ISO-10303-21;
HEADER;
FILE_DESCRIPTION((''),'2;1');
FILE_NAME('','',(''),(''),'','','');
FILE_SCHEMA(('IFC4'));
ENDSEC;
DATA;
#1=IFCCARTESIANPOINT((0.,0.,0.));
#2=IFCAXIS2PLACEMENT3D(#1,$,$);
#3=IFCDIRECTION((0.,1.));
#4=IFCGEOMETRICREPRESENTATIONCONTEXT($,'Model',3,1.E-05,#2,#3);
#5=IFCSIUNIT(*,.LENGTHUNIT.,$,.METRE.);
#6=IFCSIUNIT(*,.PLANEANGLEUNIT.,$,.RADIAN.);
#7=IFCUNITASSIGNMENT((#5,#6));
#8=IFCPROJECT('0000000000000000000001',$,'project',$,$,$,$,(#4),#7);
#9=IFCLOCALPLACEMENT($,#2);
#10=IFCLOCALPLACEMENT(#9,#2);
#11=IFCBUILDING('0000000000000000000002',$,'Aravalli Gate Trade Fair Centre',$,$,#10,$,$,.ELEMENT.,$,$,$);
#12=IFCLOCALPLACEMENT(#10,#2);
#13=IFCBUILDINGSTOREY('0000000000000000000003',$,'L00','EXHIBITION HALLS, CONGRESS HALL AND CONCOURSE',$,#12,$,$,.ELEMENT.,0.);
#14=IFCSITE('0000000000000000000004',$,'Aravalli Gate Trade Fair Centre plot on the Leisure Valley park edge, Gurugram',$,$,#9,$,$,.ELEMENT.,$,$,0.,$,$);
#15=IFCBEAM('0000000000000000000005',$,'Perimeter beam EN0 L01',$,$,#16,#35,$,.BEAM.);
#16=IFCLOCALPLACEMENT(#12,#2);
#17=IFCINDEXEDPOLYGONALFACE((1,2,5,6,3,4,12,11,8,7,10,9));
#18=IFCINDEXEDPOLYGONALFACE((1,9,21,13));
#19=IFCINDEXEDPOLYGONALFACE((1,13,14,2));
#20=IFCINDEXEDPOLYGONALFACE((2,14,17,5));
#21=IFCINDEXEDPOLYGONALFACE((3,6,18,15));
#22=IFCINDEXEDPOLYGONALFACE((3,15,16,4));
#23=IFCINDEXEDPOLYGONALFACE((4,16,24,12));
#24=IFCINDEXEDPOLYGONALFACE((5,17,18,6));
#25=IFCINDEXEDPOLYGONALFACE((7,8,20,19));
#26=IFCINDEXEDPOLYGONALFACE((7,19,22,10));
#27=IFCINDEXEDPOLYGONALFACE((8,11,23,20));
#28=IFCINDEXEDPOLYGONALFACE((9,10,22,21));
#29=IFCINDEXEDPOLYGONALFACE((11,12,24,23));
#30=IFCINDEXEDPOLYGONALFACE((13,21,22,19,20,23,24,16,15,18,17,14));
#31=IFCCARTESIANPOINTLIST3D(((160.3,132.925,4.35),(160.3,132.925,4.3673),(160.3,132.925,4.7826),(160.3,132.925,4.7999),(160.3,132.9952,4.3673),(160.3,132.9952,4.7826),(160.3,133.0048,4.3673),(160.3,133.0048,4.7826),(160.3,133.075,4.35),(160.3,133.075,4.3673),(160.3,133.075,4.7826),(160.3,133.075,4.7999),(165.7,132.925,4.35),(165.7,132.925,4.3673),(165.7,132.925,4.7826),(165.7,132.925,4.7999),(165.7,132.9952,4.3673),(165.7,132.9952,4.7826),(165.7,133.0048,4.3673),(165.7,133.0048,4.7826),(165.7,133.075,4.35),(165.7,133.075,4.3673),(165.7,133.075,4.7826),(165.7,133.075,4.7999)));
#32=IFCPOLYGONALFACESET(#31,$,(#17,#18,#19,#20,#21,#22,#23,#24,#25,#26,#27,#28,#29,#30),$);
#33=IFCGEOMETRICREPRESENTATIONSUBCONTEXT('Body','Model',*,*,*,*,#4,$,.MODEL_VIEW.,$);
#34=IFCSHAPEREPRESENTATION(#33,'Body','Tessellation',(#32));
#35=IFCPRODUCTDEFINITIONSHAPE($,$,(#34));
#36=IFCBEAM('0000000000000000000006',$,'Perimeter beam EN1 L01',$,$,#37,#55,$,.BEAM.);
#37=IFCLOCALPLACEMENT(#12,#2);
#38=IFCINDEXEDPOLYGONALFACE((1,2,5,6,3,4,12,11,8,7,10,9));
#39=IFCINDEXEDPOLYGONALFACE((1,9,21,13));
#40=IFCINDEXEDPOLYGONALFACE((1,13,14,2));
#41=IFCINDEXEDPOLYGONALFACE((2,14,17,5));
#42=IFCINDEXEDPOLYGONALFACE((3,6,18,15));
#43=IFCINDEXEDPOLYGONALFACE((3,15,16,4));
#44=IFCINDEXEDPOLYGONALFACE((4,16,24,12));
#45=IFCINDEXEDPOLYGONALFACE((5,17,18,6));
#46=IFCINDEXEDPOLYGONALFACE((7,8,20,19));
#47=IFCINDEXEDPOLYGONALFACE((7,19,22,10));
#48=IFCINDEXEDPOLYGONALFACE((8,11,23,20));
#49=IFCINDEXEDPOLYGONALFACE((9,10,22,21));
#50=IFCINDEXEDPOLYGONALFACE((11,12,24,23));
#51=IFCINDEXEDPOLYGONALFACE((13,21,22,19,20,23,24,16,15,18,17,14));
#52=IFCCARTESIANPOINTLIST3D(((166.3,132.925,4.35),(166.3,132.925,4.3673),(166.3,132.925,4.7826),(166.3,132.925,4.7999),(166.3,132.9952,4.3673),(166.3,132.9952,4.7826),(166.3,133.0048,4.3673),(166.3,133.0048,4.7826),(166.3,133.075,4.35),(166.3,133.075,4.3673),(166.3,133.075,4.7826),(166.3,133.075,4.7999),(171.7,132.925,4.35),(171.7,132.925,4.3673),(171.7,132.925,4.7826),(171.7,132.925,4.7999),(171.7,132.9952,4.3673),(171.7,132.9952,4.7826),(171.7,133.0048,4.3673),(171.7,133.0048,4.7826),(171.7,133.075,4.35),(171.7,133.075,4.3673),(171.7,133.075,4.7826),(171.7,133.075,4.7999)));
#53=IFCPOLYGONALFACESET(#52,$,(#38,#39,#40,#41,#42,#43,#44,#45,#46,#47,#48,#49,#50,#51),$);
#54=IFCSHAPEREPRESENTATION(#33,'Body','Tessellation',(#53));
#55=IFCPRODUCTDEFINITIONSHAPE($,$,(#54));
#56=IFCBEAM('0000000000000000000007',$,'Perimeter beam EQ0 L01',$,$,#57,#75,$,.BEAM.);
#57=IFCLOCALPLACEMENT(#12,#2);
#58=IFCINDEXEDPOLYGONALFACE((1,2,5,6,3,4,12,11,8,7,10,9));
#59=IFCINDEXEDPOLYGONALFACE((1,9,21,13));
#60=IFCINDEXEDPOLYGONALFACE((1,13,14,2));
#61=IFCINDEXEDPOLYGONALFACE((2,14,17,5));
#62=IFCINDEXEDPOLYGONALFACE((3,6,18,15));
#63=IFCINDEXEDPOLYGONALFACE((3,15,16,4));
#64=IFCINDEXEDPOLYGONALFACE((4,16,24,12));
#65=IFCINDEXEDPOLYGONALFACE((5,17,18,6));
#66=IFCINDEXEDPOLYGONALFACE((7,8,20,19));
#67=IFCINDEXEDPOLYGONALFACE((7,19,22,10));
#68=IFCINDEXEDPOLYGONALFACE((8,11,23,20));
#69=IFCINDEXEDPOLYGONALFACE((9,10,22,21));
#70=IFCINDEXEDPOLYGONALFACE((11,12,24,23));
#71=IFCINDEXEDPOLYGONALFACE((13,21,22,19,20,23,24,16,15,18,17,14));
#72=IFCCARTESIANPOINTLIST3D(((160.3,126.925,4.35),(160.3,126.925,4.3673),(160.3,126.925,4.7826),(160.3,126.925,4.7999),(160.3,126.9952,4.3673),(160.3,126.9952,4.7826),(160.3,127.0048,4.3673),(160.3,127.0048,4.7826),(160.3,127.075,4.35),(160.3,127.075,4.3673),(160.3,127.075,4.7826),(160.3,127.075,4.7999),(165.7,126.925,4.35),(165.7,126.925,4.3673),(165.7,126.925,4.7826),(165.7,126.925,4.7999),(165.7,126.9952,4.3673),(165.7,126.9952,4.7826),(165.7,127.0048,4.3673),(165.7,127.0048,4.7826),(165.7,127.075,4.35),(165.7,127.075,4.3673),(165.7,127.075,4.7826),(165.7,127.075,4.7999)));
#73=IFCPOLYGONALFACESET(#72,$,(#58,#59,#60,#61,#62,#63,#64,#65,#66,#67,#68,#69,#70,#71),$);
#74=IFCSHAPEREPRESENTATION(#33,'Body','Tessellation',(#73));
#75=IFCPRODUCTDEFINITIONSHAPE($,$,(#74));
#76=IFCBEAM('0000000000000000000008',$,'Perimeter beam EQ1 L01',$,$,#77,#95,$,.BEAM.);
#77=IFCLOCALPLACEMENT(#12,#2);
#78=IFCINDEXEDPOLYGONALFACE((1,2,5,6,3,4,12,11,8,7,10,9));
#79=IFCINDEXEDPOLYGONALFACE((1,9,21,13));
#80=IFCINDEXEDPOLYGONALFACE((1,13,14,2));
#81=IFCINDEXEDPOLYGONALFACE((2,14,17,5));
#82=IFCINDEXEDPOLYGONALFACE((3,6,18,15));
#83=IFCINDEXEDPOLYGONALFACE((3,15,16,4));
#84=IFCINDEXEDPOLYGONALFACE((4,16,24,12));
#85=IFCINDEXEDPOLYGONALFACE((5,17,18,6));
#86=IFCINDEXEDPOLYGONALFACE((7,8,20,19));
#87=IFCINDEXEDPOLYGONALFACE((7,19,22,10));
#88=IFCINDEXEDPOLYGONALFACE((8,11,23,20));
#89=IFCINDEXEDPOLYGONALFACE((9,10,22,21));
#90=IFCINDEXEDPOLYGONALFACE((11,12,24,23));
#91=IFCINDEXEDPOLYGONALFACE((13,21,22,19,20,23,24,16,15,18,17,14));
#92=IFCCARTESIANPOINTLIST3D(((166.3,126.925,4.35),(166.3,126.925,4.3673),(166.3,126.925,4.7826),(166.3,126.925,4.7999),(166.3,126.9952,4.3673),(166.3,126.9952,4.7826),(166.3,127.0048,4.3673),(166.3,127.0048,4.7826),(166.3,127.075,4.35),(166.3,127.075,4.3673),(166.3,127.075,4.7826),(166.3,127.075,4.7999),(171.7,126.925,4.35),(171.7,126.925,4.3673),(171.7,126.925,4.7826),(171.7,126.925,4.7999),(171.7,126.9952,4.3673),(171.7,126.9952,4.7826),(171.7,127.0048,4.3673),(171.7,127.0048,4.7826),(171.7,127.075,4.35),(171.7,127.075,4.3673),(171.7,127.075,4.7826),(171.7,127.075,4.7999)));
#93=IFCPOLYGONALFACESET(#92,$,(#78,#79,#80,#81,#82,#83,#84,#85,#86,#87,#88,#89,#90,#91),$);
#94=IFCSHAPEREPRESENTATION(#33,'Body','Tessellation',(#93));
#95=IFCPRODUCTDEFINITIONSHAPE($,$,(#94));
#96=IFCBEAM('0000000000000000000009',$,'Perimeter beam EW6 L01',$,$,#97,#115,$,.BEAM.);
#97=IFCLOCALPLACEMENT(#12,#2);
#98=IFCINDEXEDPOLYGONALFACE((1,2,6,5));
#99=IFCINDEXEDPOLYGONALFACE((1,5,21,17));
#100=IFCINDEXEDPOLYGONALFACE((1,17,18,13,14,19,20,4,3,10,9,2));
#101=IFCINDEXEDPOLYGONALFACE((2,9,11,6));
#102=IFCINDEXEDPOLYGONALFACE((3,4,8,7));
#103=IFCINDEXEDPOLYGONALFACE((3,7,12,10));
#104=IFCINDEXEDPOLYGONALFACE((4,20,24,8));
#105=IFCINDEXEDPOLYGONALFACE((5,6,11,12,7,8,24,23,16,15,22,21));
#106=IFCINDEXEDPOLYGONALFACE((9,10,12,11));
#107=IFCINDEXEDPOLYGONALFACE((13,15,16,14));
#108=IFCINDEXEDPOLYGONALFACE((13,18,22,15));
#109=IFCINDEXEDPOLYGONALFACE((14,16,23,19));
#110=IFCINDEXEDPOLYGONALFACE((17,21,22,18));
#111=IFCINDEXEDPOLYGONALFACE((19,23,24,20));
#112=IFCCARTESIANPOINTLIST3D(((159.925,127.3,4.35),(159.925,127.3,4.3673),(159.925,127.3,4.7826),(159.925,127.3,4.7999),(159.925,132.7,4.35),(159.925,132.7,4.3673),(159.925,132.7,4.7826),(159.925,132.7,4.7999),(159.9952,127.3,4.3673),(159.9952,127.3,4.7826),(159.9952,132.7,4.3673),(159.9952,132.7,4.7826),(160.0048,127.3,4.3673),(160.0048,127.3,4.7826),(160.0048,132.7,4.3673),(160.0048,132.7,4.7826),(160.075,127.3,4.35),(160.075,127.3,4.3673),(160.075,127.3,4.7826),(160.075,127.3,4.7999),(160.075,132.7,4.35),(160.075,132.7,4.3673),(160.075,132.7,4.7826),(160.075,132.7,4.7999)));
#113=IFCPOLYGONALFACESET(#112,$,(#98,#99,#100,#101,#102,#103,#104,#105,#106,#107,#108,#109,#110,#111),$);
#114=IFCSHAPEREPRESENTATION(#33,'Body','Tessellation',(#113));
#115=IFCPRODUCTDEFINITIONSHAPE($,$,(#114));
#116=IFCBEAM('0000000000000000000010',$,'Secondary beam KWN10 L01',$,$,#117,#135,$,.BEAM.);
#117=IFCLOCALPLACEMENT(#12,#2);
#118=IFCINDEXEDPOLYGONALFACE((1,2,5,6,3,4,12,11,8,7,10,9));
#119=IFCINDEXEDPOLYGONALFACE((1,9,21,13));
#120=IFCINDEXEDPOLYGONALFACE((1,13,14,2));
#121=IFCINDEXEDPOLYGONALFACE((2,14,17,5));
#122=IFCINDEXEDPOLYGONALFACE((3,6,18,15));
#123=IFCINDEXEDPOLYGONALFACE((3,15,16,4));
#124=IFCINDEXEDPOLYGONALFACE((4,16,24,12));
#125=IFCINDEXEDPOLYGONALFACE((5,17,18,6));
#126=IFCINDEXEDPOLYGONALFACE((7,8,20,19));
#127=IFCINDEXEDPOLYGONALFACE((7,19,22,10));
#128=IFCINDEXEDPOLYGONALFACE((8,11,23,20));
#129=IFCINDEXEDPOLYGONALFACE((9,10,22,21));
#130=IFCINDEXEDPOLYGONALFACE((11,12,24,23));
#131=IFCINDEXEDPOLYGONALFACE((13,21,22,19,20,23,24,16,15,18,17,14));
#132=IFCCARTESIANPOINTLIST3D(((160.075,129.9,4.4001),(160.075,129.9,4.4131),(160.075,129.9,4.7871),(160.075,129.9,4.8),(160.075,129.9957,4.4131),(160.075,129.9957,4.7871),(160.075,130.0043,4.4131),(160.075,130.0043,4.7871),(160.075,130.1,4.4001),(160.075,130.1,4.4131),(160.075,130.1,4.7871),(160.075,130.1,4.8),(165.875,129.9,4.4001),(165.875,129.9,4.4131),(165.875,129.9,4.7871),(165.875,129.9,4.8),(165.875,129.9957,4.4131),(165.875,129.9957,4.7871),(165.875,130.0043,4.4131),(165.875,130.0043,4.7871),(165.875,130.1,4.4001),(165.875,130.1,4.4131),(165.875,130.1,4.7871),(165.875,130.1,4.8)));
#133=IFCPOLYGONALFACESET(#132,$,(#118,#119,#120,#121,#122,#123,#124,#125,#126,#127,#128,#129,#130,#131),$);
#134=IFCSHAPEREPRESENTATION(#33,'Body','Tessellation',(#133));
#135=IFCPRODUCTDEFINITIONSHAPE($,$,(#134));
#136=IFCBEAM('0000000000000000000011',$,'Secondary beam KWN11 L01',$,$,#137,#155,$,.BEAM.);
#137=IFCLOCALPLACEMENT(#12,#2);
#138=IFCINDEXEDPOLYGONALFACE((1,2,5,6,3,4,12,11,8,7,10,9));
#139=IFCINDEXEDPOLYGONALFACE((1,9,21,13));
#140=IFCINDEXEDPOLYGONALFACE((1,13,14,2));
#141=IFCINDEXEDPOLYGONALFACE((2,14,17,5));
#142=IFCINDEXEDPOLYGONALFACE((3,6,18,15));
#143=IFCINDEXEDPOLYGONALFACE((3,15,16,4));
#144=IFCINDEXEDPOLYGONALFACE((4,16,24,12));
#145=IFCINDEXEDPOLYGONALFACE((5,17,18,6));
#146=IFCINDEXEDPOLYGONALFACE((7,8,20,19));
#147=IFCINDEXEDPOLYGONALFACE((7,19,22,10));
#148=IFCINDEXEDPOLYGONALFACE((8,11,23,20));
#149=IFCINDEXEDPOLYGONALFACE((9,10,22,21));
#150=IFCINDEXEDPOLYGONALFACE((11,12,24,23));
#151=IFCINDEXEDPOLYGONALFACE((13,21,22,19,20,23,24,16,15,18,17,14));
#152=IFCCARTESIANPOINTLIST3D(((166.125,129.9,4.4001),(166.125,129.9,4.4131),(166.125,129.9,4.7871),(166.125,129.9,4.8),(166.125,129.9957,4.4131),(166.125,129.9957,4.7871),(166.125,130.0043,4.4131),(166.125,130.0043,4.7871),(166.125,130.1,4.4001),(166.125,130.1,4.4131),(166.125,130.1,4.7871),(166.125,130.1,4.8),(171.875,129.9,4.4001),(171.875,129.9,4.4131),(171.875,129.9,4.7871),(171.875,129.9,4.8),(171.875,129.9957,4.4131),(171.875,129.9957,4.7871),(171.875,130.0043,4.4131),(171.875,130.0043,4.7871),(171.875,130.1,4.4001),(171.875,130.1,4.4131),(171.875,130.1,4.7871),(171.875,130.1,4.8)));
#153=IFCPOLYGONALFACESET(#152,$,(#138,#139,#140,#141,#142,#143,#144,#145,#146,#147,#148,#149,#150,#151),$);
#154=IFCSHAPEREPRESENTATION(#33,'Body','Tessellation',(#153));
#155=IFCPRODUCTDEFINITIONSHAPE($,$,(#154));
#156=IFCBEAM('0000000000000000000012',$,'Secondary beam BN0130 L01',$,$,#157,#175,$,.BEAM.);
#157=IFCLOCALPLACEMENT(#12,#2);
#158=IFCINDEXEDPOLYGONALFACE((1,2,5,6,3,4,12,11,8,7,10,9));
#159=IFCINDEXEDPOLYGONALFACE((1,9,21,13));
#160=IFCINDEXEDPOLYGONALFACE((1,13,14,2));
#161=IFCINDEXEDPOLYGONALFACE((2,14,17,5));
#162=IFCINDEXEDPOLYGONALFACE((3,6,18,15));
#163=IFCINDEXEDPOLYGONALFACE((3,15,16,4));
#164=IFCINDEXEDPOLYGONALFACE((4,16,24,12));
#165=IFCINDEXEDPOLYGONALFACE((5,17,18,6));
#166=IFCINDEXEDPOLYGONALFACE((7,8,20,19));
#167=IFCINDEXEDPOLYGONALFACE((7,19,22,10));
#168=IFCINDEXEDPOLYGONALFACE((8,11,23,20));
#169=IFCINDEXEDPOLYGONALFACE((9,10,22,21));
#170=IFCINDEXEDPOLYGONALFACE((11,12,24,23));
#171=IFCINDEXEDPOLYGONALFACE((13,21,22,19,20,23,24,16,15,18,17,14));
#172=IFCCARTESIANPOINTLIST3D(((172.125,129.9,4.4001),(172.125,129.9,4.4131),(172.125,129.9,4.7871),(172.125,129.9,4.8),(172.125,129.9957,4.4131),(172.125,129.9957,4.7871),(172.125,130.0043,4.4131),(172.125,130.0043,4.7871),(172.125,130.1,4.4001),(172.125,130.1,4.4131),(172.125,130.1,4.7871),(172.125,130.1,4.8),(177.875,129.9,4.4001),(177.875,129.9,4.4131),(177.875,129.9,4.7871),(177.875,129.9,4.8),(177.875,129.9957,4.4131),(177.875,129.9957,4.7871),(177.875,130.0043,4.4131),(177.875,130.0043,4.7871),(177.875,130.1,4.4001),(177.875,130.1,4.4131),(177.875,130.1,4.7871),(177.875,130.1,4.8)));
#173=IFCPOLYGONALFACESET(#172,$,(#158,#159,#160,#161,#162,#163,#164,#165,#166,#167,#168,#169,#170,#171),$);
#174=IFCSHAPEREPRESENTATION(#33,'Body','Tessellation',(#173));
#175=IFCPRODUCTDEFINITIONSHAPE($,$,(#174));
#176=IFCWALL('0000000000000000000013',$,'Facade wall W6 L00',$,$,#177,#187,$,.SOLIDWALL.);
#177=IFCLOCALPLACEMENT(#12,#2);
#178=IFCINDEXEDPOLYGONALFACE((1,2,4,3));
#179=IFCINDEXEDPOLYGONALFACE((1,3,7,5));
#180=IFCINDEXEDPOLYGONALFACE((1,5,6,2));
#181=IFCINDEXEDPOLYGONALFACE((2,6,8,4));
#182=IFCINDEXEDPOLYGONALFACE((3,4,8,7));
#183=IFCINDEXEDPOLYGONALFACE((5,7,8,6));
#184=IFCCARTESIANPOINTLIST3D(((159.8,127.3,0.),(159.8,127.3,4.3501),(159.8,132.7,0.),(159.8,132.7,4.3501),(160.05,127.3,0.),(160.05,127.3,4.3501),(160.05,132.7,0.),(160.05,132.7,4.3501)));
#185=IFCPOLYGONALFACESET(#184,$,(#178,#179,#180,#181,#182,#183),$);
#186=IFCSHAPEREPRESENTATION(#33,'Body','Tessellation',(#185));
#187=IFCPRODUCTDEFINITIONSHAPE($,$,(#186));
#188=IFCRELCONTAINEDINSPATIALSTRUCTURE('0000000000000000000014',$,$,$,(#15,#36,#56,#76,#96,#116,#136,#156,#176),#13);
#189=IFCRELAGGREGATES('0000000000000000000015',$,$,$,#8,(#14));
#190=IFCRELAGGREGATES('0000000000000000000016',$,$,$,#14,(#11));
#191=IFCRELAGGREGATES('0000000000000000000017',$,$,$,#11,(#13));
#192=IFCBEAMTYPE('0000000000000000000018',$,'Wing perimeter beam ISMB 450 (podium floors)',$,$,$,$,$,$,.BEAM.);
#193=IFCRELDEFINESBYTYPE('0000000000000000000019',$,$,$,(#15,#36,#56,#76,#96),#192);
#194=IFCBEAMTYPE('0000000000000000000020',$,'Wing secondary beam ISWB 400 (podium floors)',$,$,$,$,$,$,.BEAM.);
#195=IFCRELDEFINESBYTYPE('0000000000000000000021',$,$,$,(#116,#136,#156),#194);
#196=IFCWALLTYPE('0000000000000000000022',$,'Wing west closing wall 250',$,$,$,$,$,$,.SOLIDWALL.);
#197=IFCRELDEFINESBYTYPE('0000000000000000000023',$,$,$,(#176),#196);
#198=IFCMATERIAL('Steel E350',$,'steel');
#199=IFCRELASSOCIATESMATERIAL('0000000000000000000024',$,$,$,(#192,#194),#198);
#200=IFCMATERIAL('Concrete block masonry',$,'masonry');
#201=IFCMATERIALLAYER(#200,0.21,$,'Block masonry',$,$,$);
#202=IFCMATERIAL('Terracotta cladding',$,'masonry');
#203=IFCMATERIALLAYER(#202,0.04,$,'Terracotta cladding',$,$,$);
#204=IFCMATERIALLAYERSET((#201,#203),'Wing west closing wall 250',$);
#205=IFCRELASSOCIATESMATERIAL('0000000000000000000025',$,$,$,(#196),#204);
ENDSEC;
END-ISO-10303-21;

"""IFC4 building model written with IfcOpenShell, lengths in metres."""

from ifc_helpers import new_model, si_unit, direction, frame, frame_2d, origin, origin_2d, place, context, subcontext, project, spatial, rectangle, i_section, extrude, material, layer, layer_set, material_profile, profile_set, type_object, element, save


model = new_model("IFC4")

# Units and contexts
model_context = context("Model", 3, precision=1e-05, world=origin(), true_north=direction((0.0, 1.0)))
body_context = subcontext(model_context, "Body", "Model", "MODEL_VIEW")
ifc_project = project(units=[si_unit("LENGTHUNIT", "METRE"), si_unit("PLANEANGLEUNIT", "RADIAN")], contexts=[model_context])

# Site, building, storey
site_placement = place(None, origin())
site = spatial("IfcSite", under=ifc_project, at=site_placement, Name="Aravalli Gate Trade Fair Centre plot on the Leisure Valley park edge, Gurugram", CompositionType="ELEMENT", RefElevation=0.0)
building_placement = place(site_placement, origin())
building = spatial("IfcBuilding", under=site, at=building_placement, Name="Aravalli Gate Trade Fair Centre", CompositionType="ELEMENT")
storey_placement = place(building_placement, origin())
storey = spatial("IfcBuildingStorey", under=building, at=storey_placement, Name="L00", Description="EXHIBITION HALLS, CONGRESS HALL AND CONCOURSE", CompositionType="ELEMENT", Elevation=0.0)

# Shared definitions
ifc_material_1 = material(Name="Steel E350", Category="steel")

# Beams
ifc_material_profile_1 = material_profile(ifc_material_1, i_section(OverallWidth=0.1499, OverallDepth=0.45, WebThickness=0.0095, FlangeThickness=0.0173, at=origin_2d()), Name="ISMB 450")
ifc_profile_set_1 = profile_set([ifc_material_profile_1], Name="Steel E350")
beam_type_1 = type_object("IfcBeamType", Name="Wing perimeter beam ISMB 450 (podium floors)", PredefinedType="BEAM", material=ifc_profile_set_1)
for number, where, z_axis, x_axis, name in (
    (1, (160.3, 133.0, 4.575), (1.0, 0.0, 0.0), (0.0, 1.0, 0.0), "Perimeter beam EN0 L01"),
    (2, (166.3, 133.0, 4.575), (1.0, 0.0, 0.0), (0.0, 1.0, 0.0), "Perimeter beam EN1 L01"),
    (3, (160.3, 127.0, 4.575), (1.0, 0.0, 0.0), (0.0, 1.0, 0.0), "Perimeter beam EQ0 L01"),
    (4, (166.3, 127.0, 4.575), (1.0, 0.0, 0.0), (0.0, 1.0, 0.0), "Perimeter beam EQ1 L01"),
    (5, (160.0, 127.3, 4.575), (0.0, 1.0, 0.0), (-1.0, 0.0, 0.0), "Perimeter beam EW6 L01"),
):
    element("IfcBeam", number, at=place(storey_placement, frame(where, z_axis=z_axis, x_axis=x_axis)), inside=storey, type_object=beam_type_1, Name=name, PredefinedType="BEAM", context=body_context, shape_type="SweptSolid", body=[
        extrude(i_section(OverallWidth=0.1499, OverallDepth=0.45, WebThickness=0.0095, FlangeThickness=0.0173, at=origin_2d()), origin(), (0.0, 0.0, 1.0), 5.3999),
    ])
ifc_material_profile_2 = material_profile(ifc_material_1, i_section(OverallWidth=0.2, OverallDepth=0.3999, WebThickness=0.0085, FlangeThickness=0.0129, at=origin_2d()), Name="ISWB 400")
ifc_profile_set_2 = profile_set([ifc_material_profile_2], Name="Steel E350")
beam_type_2 = type_object("IfcBeamType", Name="Wing secondary beam ISWB 400 (podium floors)", PredefinedType="BEAM", material=ifc_profile_set_2)
beam_1_placement = place(storey_placement, frame((160.075, 130.0, 4.6001), z_axis=(1.0, 0.0, 0.0), x_axis=(0.0, 1.0, 0.0)))
element("IfcBeam", 6, at=beam_1_placement, inside=storey, type_object=beam_type_2, Name="Secondary beam KWN10 L01", PredefinedType="BEAM", context=body_context, shape_type="SweptSolid", body=[
    extrude(i_section(OverallWidth=0.2, OverallDepth=0.3999, WebThickness=0.0085, FlangeThickness=0.0129, at=origin_2d()), origin(), (0.0, 0.0, 1.0), 5.8),
])
for number, where, z_axis, x_axis, name in (
    (7, (166.125, 130.0, 4.6001), (1.0, 0.0, 0.0), (0.0, 1.0, 0.0), "Secondary beam KWN11 L01"),
    (8, (172.125, 130.0, 4.6001), (1.0, 0.0, 0.0), (0.0, 1.0, 0.0), "Secondary beam BN0130 L01"),
):
    element("IfcBeam", number, at=place(storey_placement, frame(where, z_axis=z_axis, x_axis=x_axis)), inside=storey, type_object=beam_type_2, Name=name, PredefinedType="BEAM", context=body_context, shape_type="SweptSolid", body=[
        extrude(i_section(OverallWidth=0.2, OverallDepth=0.3999, WebThickness=0.0085, FlangeThickness=0.0129, at=origin_2d()), origin(), (0.0, 0.0, 1.0), 5.75),
    ])

# Wall
ifc_material_2 = material(Name="Concrete block masonry", Category="masonry")
ifc_layer_1 = layer(ifc_material_2, 0.21, Name="Block masonry")
ifc_material_3 = material(Name="Terracotta cladding", Category="masonry")
ifc_layer_2 = layer(ifc_material_3, 0.04, Name="Terracotta cladding")
ifc_layer_set = layer_set([ifc_layer_1, ifc_layer_2], Name="Wing west closing wall 250")
wall_type = type_object("IfcWallType", Name="Wing west closing wall 250", PredefinedType="SOLIDWALL", material=ifc_layer_set)
wall_placement = place(storey_placement, frame((159.925, 127.3, 0.0), z_axis=(0.0, 0.0, 1.0), x_axis=(0.0, 1.0, 0.0)))
element("IfcWall", 9, at=wall_placement, inside=storey, type_object=wall_type, Name="Facade wall W6 L00", PredefinedType="SOLIDWALL", context=body_context, shape_type="SweptSolid", body=[
    extrude(rectangle(XDim=5.3999, YDim=0.25, at=frame_2d((2.7, 0.0))), origin(), (0.0, 0.0, 1.0), 4.3501),
])

save(model, "model.ifc")
